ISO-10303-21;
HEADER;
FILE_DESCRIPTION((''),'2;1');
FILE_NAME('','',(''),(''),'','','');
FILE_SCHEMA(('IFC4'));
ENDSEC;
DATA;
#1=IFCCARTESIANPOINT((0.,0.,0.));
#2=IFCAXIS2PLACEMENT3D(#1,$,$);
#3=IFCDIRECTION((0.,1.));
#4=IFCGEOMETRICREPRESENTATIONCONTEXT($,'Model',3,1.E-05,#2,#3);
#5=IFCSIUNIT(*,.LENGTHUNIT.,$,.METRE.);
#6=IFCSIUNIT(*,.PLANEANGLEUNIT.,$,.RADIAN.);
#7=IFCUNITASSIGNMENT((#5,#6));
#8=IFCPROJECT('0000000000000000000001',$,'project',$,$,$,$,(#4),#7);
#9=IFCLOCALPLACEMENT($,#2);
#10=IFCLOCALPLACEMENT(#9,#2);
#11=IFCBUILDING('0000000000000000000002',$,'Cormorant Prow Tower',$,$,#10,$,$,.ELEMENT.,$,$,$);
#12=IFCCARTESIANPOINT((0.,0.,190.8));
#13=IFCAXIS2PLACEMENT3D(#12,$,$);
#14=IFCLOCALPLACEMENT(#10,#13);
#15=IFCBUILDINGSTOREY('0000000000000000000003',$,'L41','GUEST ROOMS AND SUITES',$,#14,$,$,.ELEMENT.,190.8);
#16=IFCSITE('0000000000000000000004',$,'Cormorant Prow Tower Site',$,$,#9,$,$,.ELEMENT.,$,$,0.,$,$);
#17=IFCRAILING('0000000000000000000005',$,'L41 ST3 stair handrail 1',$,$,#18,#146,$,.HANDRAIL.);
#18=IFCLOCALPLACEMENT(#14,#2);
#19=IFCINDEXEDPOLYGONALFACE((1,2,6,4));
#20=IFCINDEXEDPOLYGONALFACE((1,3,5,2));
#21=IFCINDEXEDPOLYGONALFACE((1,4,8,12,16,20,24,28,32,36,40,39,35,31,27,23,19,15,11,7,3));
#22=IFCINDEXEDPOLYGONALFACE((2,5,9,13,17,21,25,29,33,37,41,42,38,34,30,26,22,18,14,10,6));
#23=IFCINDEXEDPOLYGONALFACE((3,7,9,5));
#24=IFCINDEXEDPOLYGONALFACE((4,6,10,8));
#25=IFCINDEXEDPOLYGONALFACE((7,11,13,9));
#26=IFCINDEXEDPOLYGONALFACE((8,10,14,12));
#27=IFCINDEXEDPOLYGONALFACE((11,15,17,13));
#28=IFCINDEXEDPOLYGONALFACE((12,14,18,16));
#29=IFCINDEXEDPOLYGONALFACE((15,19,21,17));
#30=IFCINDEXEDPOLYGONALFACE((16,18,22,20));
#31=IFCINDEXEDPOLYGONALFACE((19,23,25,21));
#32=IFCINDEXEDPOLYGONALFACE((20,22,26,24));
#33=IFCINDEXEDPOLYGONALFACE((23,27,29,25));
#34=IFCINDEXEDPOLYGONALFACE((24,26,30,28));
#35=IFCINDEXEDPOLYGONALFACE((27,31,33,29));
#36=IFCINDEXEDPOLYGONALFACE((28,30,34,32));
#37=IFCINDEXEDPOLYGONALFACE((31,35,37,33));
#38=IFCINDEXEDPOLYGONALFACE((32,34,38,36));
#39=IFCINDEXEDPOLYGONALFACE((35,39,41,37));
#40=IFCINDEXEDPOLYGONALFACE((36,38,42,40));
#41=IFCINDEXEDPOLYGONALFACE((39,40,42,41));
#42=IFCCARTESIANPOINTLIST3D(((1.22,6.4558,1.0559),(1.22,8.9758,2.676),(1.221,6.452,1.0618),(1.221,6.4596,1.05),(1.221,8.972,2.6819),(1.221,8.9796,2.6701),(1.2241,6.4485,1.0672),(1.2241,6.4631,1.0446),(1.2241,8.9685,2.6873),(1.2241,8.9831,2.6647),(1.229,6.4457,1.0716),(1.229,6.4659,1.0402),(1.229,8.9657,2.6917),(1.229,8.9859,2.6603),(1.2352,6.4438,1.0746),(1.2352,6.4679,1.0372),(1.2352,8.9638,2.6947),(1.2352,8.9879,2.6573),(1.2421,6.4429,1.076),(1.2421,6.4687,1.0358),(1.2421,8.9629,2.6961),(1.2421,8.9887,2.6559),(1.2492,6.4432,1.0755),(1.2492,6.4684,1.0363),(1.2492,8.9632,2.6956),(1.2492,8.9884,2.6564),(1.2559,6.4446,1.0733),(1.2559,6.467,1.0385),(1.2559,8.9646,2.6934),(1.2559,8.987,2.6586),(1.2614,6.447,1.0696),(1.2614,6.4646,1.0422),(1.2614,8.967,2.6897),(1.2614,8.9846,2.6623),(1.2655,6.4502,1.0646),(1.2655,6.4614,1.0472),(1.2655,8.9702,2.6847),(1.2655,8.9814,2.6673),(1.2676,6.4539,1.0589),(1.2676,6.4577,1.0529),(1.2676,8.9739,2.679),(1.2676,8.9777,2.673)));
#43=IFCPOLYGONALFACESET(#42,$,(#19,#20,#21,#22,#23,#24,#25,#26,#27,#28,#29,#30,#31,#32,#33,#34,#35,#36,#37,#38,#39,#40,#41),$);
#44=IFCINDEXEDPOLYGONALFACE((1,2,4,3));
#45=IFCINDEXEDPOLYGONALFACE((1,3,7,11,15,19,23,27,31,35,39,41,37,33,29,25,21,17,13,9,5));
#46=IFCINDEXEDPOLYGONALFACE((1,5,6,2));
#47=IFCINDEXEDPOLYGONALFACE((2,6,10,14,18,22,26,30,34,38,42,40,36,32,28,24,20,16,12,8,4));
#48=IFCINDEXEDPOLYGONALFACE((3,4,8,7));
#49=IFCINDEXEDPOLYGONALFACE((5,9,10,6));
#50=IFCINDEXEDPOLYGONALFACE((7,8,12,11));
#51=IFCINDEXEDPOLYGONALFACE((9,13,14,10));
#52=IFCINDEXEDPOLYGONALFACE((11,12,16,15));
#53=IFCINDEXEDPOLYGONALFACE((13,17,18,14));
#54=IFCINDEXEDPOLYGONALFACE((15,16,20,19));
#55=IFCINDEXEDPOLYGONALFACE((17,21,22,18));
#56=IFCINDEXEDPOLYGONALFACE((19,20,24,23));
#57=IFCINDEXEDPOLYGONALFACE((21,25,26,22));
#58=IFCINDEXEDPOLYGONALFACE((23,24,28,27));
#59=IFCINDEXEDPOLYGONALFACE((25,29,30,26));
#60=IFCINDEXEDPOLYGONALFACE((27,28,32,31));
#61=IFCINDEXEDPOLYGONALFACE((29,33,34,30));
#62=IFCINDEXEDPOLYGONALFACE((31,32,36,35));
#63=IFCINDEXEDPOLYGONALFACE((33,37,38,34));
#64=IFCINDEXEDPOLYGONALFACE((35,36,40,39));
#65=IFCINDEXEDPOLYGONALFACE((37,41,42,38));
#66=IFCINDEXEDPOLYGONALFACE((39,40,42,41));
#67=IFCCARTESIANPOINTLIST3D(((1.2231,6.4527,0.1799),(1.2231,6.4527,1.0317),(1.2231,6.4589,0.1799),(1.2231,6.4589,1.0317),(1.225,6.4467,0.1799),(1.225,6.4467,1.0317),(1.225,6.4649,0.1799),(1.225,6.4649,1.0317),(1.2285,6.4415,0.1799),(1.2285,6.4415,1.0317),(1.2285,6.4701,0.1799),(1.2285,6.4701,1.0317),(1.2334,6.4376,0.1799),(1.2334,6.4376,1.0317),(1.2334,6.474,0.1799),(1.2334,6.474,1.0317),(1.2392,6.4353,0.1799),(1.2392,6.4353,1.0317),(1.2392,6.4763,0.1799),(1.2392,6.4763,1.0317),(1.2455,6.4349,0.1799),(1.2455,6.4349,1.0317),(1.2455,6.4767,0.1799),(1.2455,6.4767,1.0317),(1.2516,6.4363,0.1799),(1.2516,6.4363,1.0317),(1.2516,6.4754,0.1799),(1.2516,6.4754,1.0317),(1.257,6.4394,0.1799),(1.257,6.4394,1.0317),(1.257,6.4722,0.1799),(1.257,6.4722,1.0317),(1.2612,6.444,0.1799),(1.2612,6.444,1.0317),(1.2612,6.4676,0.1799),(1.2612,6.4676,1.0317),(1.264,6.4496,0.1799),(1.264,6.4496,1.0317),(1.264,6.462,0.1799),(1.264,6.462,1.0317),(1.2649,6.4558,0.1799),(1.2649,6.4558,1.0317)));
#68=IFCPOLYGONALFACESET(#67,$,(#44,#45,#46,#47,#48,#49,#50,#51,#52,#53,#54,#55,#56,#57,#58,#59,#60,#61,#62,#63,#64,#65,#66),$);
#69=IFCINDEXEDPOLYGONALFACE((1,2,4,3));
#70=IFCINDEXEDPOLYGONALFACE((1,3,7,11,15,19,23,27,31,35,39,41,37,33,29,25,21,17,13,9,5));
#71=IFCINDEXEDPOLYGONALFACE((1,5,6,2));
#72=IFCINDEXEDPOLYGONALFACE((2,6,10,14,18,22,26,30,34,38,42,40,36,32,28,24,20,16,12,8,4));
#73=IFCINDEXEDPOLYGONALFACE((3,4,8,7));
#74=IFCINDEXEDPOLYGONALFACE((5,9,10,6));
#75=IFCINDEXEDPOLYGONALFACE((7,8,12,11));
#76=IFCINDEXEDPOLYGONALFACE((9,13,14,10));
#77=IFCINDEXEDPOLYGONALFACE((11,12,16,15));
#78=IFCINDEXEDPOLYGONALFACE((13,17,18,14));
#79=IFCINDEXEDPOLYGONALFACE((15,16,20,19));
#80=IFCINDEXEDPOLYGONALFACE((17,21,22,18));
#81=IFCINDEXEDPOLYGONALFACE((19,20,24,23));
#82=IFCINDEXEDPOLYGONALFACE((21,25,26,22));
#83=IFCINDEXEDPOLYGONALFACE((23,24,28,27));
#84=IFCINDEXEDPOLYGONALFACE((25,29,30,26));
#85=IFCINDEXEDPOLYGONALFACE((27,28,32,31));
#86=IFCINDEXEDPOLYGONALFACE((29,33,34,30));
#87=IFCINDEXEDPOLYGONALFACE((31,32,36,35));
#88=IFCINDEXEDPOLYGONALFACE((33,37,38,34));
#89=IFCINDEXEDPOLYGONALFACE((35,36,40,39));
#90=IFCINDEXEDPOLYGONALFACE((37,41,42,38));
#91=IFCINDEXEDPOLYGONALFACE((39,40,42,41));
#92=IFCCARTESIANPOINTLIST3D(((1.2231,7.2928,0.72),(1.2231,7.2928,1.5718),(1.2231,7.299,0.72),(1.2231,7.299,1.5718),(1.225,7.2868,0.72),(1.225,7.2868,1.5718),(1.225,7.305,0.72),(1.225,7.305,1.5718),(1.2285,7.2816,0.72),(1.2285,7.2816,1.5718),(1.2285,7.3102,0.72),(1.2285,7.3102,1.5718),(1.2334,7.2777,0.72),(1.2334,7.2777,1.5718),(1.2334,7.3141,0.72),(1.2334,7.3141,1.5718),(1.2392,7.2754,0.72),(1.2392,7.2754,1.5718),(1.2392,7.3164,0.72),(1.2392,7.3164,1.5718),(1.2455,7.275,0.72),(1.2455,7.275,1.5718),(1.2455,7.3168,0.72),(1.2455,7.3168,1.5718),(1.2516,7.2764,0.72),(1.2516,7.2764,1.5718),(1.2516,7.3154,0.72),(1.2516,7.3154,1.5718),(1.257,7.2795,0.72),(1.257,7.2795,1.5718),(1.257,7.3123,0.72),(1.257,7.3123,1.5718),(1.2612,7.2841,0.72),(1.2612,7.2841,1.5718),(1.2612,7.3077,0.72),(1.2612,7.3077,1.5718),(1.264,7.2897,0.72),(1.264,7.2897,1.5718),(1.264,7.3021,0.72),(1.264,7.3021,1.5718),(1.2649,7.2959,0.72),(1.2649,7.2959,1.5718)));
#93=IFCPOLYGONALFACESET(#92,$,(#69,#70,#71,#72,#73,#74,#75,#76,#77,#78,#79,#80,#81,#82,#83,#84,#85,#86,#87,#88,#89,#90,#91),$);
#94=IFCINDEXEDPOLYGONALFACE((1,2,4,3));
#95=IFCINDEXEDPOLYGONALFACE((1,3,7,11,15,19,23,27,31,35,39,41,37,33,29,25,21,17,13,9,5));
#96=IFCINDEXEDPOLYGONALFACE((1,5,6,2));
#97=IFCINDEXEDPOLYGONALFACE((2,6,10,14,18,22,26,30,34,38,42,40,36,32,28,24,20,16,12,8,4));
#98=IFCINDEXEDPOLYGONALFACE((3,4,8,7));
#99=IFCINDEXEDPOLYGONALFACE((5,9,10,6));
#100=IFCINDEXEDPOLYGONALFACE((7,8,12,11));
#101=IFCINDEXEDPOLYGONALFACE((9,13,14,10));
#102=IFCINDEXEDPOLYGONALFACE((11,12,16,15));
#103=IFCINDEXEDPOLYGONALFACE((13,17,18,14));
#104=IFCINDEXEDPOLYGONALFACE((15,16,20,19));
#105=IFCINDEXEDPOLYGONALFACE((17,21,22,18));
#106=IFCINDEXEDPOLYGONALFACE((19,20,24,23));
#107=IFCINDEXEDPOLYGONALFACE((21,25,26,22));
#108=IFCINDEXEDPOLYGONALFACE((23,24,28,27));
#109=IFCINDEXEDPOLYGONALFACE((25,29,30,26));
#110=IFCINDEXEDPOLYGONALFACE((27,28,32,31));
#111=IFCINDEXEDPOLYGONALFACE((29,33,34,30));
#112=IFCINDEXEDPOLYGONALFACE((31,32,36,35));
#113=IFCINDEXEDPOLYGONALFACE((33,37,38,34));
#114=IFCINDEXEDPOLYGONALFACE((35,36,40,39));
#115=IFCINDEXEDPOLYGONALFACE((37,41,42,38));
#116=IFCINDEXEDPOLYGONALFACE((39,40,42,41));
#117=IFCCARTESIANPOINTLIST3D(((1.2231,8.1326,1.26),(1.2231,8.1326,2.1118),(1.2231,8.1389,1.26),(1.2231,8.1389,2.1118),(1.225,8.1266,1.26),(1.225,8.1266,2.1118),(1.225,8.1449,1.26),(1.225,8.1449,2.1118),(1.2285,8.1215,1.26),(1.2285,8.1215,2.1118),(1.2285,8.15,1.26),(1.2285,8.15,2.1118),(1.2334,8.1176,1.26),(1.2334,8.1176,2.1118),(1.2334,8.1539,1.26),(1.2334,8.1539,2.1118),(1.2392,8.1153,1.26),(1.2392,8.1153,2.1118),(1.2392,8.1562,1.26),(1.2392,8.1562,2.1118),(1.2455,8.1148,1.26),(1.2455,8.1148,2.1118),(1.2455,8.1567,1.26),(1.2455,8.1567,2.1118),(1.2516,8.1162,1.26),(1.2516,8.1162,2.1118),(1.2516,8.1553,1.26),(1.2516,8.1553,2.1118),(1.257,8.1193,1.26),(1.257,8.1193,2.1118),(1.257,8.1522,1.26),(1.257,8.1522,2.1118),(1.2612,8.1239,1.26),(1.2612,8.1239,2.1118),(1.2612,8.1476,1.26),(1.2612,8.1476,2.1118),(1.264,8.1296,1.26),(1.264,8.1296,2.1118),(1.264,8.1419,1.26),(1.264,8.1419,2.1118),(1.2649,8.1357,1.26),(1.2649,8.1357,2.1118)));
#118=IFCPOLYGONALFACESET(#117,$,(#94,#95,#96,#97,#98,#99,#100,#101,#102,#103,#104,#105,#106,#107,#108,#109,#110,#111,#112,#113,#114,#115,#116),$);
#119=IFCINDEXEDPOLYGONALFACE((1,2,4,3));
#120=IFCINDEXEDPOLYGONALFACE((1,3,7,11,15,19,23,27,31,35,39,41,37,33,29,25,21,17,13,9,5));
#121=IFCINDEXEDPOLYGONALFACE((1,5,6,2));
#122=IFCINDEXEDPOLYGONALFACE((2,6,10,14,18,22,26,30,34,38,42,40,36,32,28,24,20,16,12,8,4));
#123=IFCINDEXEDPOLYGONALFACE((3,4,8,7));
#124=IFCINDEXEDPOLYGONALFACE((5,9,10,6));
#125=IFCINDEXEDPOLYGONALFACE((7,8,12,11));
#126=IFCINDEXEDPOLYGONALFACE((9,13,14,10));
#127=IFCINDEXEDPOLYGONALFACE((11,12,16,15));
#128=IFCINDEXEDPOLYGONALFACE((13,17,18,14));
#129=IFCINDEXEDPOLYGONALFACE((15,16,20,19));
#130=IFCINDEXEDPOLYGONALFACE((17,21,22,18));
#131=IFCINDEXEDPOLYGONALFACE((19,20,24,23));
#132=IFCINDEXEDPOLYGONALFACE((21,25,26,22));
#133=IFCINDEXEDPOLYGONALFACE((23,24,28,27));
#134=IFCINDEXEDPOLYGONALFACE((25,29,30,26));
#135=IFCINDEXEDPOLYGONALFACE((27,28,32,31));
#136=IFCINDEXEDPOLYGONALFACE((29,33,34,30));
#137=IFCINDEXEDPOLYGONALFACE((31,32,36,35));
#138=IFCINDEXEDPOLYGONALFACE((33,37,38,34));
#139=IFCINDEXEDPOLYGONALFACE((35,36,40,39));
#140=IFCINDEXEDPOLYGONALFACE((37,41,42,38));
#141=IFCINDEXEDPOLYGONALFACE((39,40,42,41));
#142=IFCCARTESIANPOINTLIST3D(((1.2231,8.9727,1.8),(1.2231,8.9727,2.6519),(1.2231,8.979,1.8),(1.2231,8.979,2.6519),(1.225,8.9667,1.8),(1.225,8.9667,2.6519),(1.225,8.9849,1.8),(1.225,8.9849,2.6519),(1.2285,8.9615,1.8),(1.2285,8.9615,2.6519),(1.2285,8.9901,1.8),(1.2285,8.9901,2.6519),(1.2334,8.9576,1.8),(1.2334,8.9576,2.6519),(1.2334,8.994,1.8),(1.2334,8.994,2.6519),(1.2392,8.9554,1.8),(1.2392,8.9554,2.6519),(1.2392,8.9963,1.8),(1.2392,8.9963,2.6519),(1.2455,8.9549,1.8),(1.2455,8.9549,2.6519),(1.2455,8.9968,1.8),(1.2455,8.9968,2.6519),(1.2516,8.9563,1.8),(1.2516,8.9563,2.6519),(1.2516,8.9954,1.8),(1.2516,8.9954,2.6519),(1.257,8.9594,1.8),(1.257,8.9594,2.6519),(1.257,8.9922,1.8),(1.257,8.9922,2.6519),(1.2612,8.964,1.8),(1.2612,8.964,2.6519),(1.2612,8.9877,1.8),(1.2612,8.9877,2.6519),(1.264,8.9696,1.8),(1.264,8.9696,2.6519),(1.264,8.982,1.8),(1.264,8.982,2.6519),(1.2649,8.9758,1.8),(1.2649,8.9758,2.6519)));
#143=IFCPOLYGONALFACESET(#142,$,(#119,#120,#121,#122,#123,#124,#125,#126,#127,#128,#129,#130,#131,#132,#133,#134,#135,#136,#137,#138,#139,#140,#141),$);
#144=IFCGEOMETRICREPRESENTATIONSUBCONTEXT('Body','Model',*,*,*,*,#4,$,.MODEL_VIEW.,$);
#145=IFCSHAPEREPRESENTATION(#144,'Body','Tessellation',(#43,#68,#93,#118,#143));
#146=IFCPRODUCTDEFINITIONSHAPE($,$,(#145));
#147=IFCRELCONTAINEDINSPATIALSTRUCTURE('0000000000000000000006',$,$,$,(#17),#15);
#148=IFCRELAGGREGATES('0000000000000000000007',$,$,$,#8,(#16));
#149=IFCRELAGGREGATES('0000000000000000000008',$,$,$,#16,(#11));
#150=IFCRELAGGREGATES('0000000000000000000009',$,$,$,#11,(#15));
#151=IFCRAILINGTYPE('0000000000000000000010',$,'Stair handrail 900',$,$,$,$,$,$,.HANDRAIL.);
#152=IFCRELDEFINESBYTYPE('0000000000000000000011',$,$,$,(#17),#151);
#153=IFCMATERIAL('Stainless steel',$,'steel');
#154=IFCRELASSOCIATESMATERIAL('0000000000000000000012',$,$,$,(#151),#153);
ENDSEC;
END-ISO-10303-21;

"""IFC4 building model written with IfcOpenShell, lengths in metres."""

from ifc_helpers import new_model, si_unit, direction, frame, origin, origin_2d, place, context, subcontext, project, spatial, circle, extrude, material, type_object, element, save


model = new_model("IFC4")

# Units and contexts
model_context = context("Model", 3, precision=1e-05, world=origin(), true_north=direction((0.0, 1.0)))
body_context = subcontext(model_context, "Body", "Model", "MODEL_VIEW")
ifc_project = project(units=[si_unit("LENGTHUNIT", "METRE"), si_unit("PLANEANGLEUNIT", "RADIAN")], contexts=[model_context])

# Site, building, storey
site_placement = place(None, origin())
site = spatial("IfcSite", under=ifc_project, at=site_placement, Name="Cormorant Prow Tower Site", CompositionType="ELEMENT", RefElevation=0.0)
building_placement = place(site_placement, origin())
building = spatial("IfcBuilding", under=site, at=building_placement, Name="Cormorant Prow Tower", CompositionType="ELEMENT")
storey_placement = place(building_placement, frame((0.0, 0.0, 190.8)))
storey = spatial("IfcBuildingStorey", under=building, at=storey_placement, Name="L41", Description="GUEST ROOMS AND SUITES", CompositionType="ELEMENT", Elevation=190.8)

# Railing
ifc_material_1 = material(Name="Stainless steel", Category="steel")
railing_type_1 = type_object("IfcRailingType", Name="Stair handrail 900", PredefinedType="HANDRAIL", material=ifc_material_1)
railing_1_placement = place(storey_placement, frame((1.2439, 6.4558, 0.1799)))
element("IfcRailing", 1, at=railing_1_placement, inside=storey, type_object=railing_type_1, Name="L41 ST3 stair handrail 1", PredefinedType="HANDRAIL", context=body_context, shape_type="SweptSolid", body=[
    extrude(circle(Radius=0.0239, at=origin_2d()), frame((0.0, 0.0, 0.876), z_axis=(0.0, 0.841163, 0.540782), x_axis=(-1.0, 0.0, 0.0)), (0.0, 0.0, 1.0), 2.9958),
    extrude(circle(Radius=0.021, at=origin_2d()), origin(), (0.0, 0.0, 1.0), 0.8518),
    extrude(circle(Radius=0.021, at=origin_2d()), frame((0.0, 0.8401, 0.54)), (0.0, 0.0, 1.0), 0.8518),
    extrude(circle(Radius=0.021, at=origin_2d()), frame((0.0, 1.6799, 1.0801)), (0.0, 0.0, 1.0), 0.8518),
    extrude(circle(Radius=0.021, at=origin_2d()), frame((0.0, 2.52, 1.6201)), (0.0, 0.0, 1.0), 0.8518),
])

save(model, "model.ifc")
